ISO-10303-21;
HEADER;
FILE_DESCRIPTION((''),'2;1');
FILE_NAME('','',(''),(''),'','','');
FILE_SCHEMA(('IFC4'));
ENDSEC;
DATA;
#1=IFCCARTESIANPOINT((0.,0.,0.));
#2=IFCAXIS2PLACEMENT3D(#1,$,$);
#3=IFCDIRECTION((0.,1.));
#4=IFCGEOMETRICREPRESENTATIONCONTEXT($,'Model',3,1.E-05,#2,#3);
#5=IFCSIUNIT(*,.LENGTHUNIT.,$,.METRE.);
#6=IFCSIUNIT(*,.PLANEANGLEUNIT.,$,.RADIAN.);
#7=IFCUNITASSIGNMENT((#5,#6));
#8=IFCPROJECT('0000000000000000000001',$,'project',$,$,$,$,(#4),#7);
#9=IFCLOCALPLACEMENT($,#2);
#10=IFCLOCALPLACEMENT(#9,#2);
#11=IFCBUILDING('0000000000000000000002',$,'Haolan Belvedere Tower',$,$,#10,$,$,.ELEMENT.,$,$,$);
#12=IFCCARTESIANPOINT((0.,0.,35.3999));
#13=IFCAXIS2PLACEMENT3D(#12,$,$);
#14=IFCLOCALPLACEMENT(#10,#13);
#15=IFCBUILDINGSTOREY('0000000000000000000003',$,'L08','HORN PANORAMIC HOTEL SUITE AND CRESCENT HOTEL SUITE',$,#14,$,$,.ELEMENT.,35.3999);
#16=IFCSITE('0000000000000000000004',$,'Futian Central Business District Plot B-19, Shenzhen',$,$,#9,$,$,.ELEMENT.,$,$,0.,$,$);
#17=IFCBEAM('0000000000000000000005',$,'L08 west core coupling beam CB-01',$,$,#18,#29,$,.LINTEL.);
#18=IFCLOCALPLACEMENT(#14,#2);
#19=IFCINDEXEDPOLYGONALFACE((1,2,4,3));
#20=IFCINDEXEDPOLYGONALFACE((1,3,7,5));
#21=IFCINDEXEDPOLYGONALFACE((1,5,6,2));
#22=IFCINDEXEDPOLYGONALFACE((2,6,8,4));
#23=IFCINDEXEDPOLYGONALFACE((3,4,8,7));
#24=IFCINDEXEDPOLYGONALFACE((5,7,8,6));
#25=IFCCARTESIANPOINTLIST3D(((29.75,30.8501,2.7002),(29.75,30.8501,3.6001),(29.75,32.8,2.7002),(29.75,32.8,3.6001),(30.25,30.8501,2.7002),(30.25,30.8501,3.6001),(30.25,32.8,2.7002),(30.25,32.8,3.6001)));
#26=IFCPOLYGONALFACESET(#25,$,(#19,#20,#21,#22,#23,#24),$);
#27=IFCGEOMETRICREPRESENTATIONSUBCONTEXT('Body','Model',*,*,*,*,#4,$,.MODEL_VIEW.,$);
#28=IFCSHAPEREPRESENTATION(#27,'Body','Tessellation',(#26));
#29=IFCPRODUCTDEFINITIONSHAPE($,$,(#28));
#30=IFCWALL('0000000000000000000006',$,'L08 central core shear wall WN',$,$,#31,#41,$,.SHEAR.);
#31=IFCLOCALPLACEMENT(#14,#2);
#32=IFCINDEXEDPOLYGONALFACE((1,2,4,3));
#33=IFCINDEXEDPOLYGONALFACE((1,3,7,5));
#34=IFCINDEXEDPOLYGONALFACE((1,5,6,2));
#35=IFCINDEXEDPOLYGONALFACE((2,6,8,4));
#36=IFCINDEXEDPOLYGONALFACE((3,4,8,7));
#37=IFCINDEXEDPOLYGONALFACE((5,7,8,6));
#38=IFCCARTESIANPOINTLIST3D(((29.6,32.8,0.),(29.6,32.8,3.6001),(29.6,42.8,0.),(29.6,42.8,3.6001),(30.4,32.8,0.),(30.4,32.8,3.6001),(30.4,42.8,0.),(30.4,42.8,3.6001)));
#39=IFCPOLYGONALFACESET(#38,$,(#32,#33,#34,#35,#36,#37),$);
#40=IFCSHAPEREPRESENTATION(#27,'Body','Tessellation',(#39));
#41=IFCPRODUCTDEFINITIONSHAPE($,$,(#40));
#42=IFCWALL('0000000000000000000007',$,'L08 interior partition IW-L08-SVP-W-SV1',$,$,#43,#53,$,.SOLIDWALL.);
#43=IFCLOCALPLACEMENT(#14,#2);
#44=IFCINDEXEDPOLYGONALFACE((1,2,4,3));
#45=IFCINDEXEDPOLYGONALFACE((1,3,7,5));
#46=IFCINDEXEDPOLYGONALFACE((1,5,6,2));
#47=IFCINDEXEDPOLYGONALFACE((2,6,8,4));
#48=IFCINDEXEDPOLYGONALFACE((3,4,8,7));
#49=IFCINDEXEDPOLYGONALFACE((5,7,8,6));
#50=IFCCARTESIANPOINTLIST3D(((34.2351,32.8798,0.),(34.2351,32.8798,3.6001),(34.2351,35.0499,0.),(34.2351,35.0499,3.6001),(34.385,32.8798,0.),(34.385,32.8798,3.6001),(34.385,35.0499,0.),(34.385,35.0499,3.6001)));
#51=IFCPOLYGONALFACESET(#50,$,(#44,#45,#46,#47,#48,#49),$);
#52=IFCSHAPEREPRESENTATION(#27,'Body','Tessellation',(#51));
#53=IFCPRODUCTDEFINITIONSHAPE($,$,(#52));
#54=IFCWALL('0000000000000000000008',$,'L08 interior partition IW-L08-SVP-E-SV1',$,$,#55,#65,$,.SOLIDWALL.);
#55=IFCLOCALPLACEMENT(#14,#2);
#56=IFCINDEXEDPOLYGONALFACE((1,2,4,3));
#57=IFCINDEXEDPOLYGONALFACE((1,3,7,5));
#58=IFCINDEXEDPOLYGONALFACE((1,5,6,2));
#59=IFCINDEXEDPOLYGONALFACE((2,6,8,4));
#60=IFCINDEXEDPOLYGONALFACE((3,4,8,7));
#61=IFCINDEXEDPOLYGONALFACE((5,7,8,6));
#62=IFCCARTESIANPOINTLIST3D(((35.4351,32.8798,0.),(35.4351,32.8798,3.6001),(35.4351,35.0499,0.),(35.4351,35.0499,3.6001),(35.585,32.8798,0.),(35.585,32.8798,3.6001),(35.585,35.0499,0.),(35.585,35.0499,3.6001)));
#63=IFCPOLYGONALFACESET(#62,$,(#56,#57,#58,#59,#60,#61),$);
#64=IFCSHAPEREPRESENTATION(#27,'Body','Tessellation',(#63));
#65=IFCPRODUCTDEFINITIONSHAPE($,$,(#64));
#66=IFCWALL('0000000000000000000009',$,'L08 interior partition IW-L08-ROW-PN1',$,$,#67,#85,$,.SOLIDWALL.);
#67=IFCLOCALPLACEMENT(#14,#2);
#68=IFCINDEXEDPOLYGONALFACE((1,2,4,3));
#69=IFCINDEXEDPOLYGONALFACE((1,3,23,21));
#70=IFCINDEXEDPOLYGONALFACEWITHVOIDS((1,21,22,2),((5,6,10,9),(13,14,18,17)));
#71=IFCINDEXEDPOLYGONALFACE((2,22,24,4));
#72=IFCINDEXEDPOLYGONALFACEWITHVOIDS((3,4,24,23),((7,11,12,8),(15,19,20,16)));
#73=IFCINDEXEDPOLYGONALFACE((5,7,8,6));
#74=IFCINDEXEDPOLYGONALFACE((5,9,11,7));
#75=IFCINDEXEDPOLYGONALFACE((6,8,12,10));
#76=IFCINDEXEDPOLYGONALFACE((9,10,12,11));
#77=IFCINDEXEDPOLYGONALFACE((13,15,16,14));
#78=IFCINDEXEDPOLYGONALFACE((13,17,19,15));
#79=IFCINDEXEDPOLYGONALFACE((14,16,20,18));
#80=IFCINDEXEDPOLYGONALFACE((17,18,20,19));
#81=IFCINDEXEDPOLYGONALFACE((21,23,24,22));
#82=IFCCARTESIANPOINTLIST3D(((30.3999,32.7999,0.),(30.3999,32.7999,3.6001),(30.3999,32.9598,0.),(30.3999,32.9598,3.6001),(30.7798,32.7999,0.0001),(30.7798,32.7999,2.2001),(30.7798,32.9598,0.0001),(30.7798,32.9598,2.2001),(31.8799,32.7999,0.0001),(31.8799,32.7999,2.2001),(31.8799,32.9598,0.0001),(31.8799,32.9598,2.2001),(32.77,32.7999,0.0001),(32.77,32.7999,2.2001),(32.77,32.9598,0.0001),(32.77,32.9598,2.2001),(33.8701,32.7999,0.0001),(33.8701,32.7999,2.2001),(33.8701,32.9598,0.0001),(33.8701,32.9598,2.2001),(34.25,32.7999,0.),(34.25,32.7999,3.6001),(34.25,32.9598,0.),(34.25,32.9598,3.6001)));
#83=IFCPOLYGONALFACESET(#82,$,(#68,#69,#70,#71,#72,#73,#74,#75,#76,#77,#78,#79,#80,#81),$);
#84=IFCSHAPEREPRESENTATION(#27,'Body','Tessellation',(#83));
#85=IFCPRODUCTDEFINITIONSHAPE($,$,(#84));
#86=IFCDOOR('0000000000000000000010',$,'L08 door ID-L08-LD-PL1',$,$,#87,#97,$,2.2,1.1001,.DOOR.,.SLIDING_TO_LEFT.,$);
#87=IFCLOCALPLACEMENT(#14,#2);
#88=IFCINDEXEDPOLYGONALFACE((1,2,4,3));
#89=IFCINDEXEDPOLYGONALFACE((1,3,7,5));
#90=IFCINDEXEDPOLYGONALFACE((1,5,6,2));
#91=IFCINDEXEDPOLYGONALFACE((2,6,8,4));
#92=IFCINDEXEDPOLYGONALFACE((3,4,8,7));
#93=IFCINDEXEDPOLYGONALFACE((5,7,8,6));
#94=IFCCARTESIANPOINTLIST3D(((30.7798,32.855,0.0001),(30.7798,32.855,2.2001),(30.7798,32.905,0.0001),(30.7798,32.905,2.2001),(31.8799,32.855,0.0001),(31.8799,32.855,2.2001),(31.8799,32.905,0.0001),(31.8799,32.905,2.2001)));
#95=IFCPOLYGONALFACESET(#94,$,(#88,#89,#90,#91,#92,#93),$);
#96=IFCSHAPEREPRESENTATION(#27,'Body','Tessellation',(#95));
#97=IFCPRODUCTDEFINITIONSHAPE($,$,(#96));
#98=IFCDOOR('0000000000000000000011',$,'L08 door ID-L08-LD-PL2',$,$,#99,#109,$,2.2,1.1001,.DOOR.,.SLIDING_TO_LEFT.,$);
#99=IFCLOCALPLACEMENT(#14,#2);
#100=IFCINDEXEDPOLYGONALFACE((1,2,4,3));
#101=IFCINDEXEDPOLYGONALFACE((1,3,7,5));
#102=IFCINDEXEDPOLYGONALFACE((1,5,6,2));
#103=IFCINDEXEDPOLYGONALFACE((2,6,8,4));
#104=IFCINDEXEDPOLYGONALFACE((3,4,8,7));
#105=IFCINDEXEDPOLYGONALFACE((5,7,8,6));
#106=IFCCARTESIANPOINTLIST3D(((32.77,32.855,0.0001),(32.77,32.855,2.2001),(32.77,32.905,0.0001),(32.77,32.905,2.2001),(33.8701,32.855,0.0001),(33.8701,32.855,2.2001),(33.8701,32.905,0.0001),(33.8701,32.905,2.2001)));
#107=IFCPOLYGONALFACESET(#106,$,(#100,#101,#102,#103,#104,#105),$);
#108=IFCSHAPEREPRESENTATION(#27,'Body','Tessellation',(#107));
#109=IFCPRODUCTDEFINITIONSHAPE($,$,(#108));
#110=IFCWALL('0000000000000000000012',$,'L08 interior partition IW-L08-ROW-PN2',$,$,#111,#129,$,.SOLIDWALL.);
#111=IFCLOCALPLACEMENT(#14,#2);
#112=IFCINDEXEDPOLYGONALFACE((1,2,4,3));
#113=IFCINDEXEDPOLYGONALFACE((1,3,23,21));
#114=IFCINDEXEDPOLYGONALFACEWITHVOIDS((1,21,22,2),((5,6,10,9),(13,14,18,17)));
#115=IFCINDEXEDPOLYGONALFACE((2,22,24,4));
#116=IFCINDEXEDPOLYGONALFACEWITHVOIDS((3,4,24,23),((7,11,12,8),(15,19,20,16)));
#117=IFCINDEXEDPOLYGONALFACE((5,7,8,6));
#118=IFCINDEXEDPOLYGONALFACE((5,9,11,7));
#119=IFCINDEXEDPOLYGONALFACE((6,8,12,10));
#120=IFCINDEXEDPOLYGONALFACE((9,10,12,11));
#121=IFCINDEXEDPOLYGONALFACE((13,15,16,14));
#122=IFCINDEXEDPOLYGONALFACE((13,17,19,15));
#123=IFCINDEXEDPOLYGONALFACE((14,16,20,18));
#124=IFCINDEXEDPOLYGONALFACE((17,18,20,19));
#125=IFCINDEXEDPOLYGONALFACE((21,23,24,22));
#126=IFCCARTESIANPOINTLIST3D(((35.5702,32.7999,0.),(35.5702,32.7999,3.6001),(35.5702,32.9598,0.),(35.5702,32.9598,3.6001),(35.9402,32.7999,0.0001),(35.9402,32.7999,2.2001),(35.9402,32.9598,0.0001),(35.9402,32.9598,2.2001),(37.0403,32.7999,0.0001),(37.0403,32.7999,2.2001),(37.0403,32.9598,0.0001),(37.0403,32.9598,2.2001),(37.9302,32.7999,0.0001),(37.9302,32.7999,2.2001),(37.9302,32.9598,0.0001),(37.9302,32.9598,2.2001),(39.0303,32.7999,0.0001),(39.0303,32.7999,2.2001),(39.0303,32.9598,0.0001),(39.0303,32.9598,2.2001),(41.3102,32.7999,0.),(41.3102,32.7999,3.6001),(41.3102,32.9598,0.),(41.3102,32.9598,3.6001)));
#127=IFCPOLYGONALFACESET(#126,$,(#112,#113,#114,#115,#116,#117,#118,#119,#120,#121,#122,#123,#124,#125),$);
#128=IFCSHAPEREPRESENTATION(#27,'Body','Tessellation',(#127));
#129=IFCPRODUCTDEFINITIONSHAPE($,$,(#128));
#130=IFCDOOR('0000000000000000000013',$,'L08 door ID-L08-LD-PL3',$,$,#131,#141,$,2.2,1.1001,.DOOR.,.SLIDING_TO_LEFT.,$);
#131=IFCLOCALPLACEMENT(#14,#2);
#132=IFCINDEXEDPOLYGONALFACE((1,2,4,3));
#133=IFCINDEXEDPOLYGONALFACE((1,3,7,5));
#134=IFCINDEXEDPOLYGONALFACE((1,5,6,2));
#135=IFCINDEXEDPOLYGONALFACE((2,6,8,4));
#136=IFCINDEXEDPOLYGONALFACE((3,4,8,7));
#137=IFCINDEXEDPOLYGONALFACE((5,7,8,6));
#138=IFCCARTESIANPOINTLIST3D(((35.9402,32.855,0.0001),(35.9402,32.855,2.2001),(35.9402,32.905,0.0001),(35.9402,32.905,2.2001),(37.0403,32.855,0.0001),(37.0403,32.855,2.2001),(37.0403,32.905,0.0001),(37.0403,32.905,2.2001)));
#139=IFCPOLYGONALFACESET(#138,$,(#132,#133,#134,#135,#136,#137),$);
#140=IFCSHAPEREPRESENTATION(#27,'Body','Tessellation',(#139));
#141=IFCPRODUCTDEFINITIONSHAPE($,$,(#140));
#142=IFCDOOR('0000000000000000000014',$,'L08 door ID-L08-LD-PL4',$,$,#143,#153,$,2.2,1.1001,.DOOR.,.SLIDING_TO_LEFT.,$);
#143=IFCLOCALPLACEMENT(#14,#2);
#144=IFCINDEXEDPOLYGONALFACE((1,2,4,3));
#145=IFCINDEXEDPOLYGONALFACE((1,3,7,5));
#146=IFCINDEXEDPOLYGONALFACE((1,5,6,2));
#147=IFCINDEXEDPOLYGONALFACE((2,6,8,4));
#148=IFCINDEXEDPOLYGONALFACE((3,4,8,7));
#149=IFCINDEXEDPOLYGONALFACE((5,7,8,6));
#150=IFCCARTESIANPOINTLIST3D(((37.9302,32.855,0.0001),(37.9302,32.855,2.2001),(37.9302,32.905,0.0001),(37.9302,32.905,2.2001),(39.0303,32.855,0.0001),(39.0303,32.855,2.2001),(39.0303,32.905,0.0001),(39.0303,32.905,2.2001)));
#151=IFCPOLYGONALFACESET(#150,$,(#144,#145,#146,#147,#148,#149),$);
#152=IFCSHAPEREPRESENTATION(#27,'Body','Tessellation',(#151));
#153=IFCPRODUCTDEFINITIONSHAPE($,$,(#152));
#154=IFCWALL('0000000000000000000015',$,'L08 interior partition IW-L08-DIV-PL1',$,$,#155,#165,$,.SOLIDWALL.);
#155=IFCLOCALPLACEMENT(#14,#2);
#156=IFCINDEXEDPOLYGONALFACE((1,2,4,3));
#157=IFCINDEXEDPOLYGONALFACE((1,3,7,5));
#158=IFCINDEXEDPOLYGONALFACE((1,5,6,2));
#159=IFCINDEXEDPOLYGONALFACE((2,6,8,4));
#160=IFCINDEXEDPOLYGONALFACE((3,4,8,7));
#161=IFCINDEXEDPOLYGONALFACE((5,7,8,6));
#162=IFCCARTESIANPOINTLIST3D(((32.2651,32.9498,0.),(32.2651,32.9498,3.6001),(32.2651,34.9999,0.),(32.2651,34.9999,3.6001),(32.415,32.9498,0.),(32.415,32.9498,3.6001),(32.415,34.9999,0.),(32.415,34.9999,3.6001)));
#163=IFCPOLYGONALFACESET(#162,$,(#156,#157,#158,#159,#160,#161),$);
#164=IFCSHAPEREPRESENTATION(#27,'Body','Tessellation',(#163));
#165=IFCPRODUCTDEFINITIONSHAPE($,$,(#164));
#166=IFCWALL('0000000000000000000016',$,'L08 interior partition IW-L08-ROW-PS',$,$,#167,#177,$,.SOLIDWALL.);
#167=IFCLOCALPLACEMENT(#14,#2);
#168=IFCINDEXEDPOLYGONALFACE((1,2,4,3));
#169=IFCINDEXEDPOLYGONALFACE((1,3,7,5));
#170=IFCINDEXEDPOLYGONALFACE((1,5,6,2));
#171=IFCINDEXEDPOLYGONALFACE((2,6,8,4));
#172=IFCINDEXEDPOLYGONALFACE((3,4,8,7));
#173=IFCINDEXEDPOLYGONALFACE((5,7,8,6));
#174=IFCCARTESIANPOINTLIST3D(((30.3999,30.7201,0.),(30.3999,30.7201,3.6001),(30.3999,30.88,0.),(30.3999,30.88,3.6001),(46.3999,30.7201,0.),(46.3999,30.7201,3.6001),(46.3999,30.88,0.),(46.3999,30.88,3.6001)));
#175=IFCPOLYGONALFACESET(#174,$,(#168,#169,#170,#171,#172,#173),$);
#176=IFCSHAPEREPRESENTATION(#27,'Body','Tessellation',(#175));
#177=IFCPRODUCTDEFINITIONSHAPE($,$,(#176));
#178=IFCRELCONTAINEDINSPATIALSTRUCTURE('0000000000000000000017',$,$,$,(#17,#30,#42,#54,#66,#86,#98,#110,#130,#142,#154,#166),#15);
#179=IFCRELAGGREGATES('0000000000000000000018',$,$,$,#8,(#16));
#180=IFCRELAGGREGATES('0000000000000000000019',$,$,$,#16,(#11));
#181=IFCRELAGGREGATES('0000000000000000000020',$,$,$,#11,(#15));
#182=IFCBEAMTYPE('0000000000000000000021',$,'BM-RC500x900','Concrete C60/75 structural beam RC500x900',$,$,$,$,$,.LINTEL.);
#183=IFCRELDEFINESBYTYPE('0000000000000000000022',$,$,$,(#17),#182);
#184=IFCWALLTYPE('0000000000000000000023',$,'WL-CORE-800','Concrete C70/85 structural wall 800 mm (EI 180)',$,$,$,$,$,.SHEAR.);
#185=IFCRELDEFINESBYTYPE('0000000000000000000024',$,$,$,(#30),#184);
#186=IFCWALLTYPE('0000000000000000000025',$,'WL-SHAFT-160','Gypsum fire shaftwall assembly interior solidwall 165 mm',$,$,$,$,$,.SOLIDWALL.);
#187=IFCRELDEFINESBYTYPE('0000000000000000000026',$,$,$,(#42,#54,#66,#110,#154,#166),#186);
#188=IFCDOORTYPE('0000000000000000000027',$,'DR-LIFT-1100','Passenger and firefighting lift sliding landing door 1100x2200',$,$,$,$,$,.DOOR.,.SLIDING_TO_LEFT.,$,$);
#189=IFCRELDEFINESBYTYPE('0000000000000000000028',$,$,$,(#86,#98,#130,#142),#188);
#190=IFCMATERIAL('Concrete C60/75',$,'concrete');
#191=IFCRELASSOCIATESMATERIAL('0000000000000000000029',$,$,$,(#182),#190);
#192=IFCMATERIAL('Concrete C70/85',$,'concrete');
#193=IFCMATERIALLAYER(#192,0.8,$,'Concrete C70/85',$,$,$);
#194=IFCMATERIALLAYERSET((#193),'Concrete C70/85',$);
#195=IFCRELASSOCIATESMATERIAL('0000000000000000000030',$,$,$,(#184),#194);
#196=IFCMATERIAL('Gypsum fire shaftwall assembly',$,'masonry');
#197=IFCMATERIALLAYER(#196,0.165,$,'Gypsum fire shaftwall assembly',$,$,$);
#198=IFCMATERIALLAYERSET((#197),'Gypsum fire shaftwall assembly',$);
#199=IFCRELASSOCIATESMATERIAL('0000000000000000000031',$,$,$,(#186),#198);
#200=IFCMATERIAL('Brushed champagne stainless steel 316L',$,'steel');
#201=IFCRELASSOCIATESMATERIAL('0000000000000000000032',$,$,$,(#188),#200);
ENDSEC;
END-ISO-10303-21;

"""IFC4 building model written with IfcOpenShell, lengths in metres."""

from ifc_helpers import new_model, si_unit, direction, frame, frame_2d, origin, origin_2d, place, context, subcontext, project, spatial, rectangle, extrude, material, layer, layer_set, material_profile, profile_set, type_object, element, fill, save


model = new_model("IFC4")

# Units and contexts
model_context = context("Model", 3, precision=1e-05, world=origin(), true_north=direction((0.0, 1.0)))
body_context = subcontext(model_context, "Body", "Model", "MODEL_VIEW")
ifc_project = project(units=[si_unit("LENGTHUNIT", "METRE"), si_unit("PLANEANGLEUNIT", "RADIAN")], contexts=[model_context])

# Site, building, storey
site_placement = place(None, origin())
site = spatial("IfcSite", under=ifc_project, at=site_placement, Name="Futian Central Business District Plot B-19, Shenzhen", CompositionType="ELEMENT", RefElevation=0.0)
building_placement = place(site_placement, origin())
building = spatial("IfcBuilding", under=site, at=building_placement, Name="Haolan Belvedere Tower", CompositionType="ELEMENT")
storey_placement = place(building_placement, frame((0.0, 0.0, 35.3999)))
storey = spatial("IfcBuildingStorey", under=building, at=storey_placement, Name="L08", Description="HORN PANORAMIC HOTEL SUITE AND CRESCENT HOTEL SUITE", CompositionType="ELEMENT", Elevation=35.3999)

# Beam
ifc_material_1 = material(Name="Concrete C60/75", Category="concrete")
ifc_material_profile = material_profile(ifc_material_1, rectangle(XDim=0.5, YDim=0.8999, at=origin_2d()), Name="Concrete C60/75")
ifc_profile_set = profile_set([ifc_material_profile], Name="Concrete C60/75")
beam_type = type_object("IfcBeamType", Name="BM-RC500x900", Description="Concrete C60/75 structural beam RC500x900", PredefinedType="LINTEL", material=ifc_profile_set)
beam_placement = place(storey_placement, frame((30.0, 30.8501, 3.1501), z_axis=(0.0, 1.0, 0.0), x_axis=(-1.0, 0.0, 0.0)))
element("IfcBeam", 1, at=beam_placement, inside=storey, type_object=beam_type, Name="L08 west core coupling beam CB-01", PredefinedType="LINTEL", context=body_context, shape_type="SweptSolid", body=[
    extrude(rectangle(XDim=0.5, YDim=0.8999, at=origin_2d()), origin(), (0.0, 0.0, 1.0), 1.95),
])

# Wall
ifc_material_2 = material(Name="Concrete C70/85", Category="concrete")
ifc_layer_1 = layer(ifc_material_2, 0.8, Name="Concrete C70/85")
ifc_layer_set_1 = layer_set([ifc_layer_1], Name="Concrete C70/85")
wall_type_1 = type_object("IfcWallType", Name="WL-CORE-800", Description="Concrete C70/85 structural wall 800 mm (EI 180)", PredefinedType="SHEAR", material=ifc_layer_set_1)
wall_1_placement = place(storey_placement, frame((30.0, 32.8, 0.0), z_axis=(0.0, 0.0, 1.0), x_axis=(0.0, 1.0, 0.0)))
element("IfcWall", 2, at=wall_1_placement, inside=storey, type_object=wall_type_1, Name="L08 central core shear wall WN", PredefinedType="SHEAR", context=body_context, shape_type="SweptSolid", body=[
    extrude(rectangle(XDim=10.0, YDim=0.8, at=frame_2d((5.0, 0.0))), origin(), (0.0, 0.0, 1.0), 3.6001),
])

# Walls
ifc_material_3 = material(Name="Gypsum fire shaftwall assembly", Category="masonry")
ifc_layer_2 = layer(ifc_material_3, 0.165, Name="Gypsum fire shaftwall assembly")
ifc_layer_set_2 = layer_set([ifc_layer_2], Name="Gypsum fire shaftwall assembly")
wall_type_2 = type_object("IfcWallType", Name="WL-SHAFT-160", Description="Gypsum fire shaftwall assembly interior solidwall 165 mm", PredefinedType="SOLIDWALL", material=ifc_layer_set_2)
for number, where, z_axis, x_axis, name in (
    (3, (34.3101, 32.8799, 0.0), (0.0, 0.0, 1.0), (0.0, 1.0, 0.0), "L08 interior partition IW-L08-SVP-W-SV1"),
    (4, (35.51, 32.8799, 0.0), (0.0, 0.0, 1.0), (0.0, 1.0, 0.0), "L08 interior partition IW-L08-SVP-E-SV1"),
):
    element("IfcWall", number, at=place(storey_placement, frame(where, z_axis=z_axis, x_axis=x_axis)), inside=storey, type_object=wall_type_2, Name=name, PredefinedType="SOLIDWALL", context=body_context, shape_type="SweptSolid", body=[
        extrude(rectangle(XDim=2.1702, YDim=0.1499, at=frame_2d((1.085, 0.0))), origin(), (0.0, 0.0, 1.0), 3.6001),
    ])

# Walls, openings, doors
wall_2_placement = place(storey_placement, frame((30.3999, 32.8799, 0.0), z_axis=(0.0, 0.0, 1.0), x_axis=(1.0, 0.0, 0.0)))
wall_2 = element("IfcWall", 5, at=wall_2_placement, inside=storey, type_object=wall_type_2, Name="L08 interior partition IW-L08-ROW-PN1", PredefinedType="SOLIDWALL", context=body_context, shape_type="SweptSolid", body=[
    extrude(rectangle(XDim=3.8501, YDim=0.1599, at=frame_2d((1.925, 0.0))), origin(), (0.0, 0.0, 1.0), 3.6001),
])
opening_1_placement = place(wall_2_placement, frame((1.48, 0.0, 0.0), z_axis=(0.0, 0.0, 1.0), x_axis=(-1.0, 0.0, 0.0)))
opening_1 = element("IfcOpeningElement", 6, at=opening_1_placement, cuts=wall_2, PredefinedType="OPENING", context=body_context, shape_type="SweptSolid", body=[
    extrude(rectangle(XDim=1.1001, YDim=2.2, at=frame_2d((0.55, 1.1001))), frame((0.0, 0.0898, 0.0), z_axis=(0.0, -1.0, 0.0), x_axis=(1.0, 0.0, 0.0)), (0.0, 0.0, 1.0), 0.1799),
])
opening_2_placement = place(wall_2_placement, frame((3.4702, 0.0, 0.0), z_axis=(0.0, 0.0, 1.0), x_axis=(-1.0, 0.0, 0.0)))
opening_2 = element("IfcOpeningElement", 7, at=opening_2_placement, cuts=wall_2, PredefinedType="OPENING", context=body_context, shape_type="SweptSolid", body=[
    extrude(rectangle(XDim=1.1001, YDim=2.2, at=frame_2d((0.55, 1.1001))), frame((0.0, 0.0898, 0.0), z_axis=(0.0, -1.0, 0.0), x_axis=(1.0, 0.0, 0.0)), (0.0, 0.0, 1.0), 0.1799),
])
ifc_material_4 = material(Name="Brushed champagne stainless steel 316L", Category="steel")
door_type_1 = type_object("IfcDoorType", Name="DR-LIFT-1100", Description="Passenger and firefighting lift sliding landing door 1100x2200", OperationType="SLIDING_TO_LEFT", PredefinedType="DOOR", material=ifc_material_4)
door_1_placement = place(opening_1_placement, origin())
door_1 = element("IfcDoor", 8, at=door_1_placement, inside=storey, type_object=door_type_1, Name="L08 door ID-L08-LD-PL1", OperationType="SLIDING_TO_LEFT", OverallHeight=2.2, OverallWidth=1.1001, PredefinedType="DOOR", context=body_context, shape_type="SweptSolid", body=[
    extrude(rectangle(XDim=1.1001, YDim=2.2, at=frame_2d((0.55, 1.1001))), frame((0.0, 0.0249, 0.0), z_axis=(0.0, -1.0, 0.0), x_axis=(1.0, 0.0, 0.0)), (0.0, 0.0, 1.0), 0.05),
])
fill(opening_1, door_1)
door_2_placement = place(opening_2_placement, origin())
door_2 = element("IfcDoor", 9, at=door_2_placement, inside=storey, type_object=door_type_1, Name="L08 door ID-L08-LD-PL2", OperationType="SLIDING_TO_LEFT", OverallHeight=2.2, OverallWidth=1.1001, PredefinedType="DOOR", context=body_context, shape_type="SweptSolid", body=[
    extrude(rectangle(XDim=1.1001, YDim=2.2, at=frame_2d((0.55, 1.1001))), frame((0.0, 0.0249, 0.0), z_axis=(0.0, -1.0, 0.0), x_axis=(1.0, 0.0, 0.0)), (0.0, 0.0, 1.0), 0.05),
])
fill(opening_2, door_2)
wall_3_placement = place(storey_placement, frame((35.5701, 32.8799, 0.0), z_axis=(0.0, 0.0, 1.0), x_axis=(1.0, 0.0, 0.0)))
wall_3 = element("IfcWall", 10, at=wall_3_placement, inside=storey, type_object=wall_type_2, Name="L08 interior partition IW-L08-ROW-PN2", PredefinedType="SOLIDWALL", context=body_context, shape_type="SweptSolid", body=[
    extrude(rectangle(XDim=5.74, YDim=0.1599, at=frame_2d((2.8701, 0.0))), origin(), (0.0, 0.0, 1.0), 3.6001),
])
opening_3_placement = place(wall_3_placement, frame((1.4702, 0.0, 0.0), z_axis=(0.0, 0.0, 1.0), x_axis=(-1.0, 0.0, 0.0)))
opening_3 = element("IfcOpeningElement", 11, at=opening_3_placement, cuts=wall_3, PredefinedType="OPENING", context=body_context, shape_type="SweptSolid", body=[
    extrude(rectangle(XDim=1.1001, YDim=2.2, at=frame_2d((0.55, 1.1001))), frame((0.0, 0.0898, 0.0), z_axis=(0.0, -1.0, 0.0), x_axis=(1.0, 0.0, 0.0)), (0.0, 0.0, 1.0), 0.1799),
])
opening_4_placement = place(wall_3_placement, frame((3.4602, 0.0, 0.0), z_axis=(0.0, 0.0, 1.0), x_axis=(-1.0, 0.0, 0.0)))
opening_4 = element("IfcOpeningElement", 12, at=opening_4_placement, cuts=wall_3, PredefinedType="OPENING", context=body_context, shape_type="SweptSolid", body=[
    extrude(rectangle(XDim=1.1001, YDim=2.2, at=frame_2d((0.55, 1.1001))), frame((0.0, 0.0898, 0.0), z_axis=(0.0, -1.0, 0.0), x_axis=(1.0, 0.0, 0.0)), (0.0, 0.0, 1.0), 0.1799),
])
door_3_placement = place(opening_3_placement, origin())
door_3 = element("IfcDoor", 13, at=door_3_placement, inside=storey, type_object=door_type_1, Name="L08 door ID-L08-LD-PL3", OperationType="SLIDING_TO_LEFT", OverallHeight=2.2, OverallWidth=1.1001, PredefinedType="DOOR", context=body_context, shape_type="SweptSolid", body=[
    extrude(rectangle(XDim=1.1001, YDim=2.2, at=frame_2d((0.55, 1.1001))), frame((0.0, 0.0249, 0.0), z_axis=(0.0, -1.0, 0.0), x_axis=(1.0, 0.0, 0.0)), (0.0, 0.0, 1.0), 0.05),
])
fill(opening_3, door_3)
door_4_placement = place(opening_4_placement, origin())
door_4 = element("IfcDoor", 14, at=door_4_placement, inside=storey, type_object=door_type_1, Name="L08 door ID-L08-LD-PL4", OperationType="SLIDING_TO_LEFT", OverallHeight=2.2, OverallWidth=1.1001, PredefinedType="DOOR", context=body_context, shape_type="SweptSolid", body=[
    extrude(rectangle(XDim=1.1001, YDim=2.2, at=frame_2d((0.55, 1.1001))), frame((0.0, 0.0249, 0.0), z_axis=(0.0, -1.0, 0.0), x_axis=(1.0, 0.0, 0.0)), (0.0, 0.0, 1.0), 0.05),
])
fill(opening_4, door_4)

# Walls
wall_4_placement = place(storey_placement, frame((32.3401, 32.95, 0.0), z_axis=(0.0, 0.0, 1.0), x_axis=(0.0, 1.0, 0.0)))
element("IfcWall", 15, at=wall_4_placement, inside=storey, type_object=wall_type_2, Name="L08 interior partition IW-L08-DIV-PL1", PredefinedType="SOLIDWALL", context=body_context, shape_type="SweptSolid", body=[
    extrude(rectangle(XDim=2.05, YDim=0.1499, at=frame_2d((1.0249, 0.0))), origin(), (0.0, 0.0, 1.0), 3.6001),
])
wall_5_placement = place(storey_placement, frame((30.3999, 30.8, 0.0), z_axis=(0.0, 0.0, 1.0), x_axis=(1.0, 0.0, 0.0)))
element("IfcWall", 16, at=wall_5_placement, inside=storey, type_object=wall_type_2, Name="L08 interior partition IW-L08-ROW-PS", PredefinedType="SOLIDWALL", context=body_context, shape_type="SweptSolid", body=[
    extrude(rectangle(XDim=16.0, YDim=0.1599, at=frame_2d((8.0, 0.0))), origin(), (0.0, 0.0, 1.0), 3.6001),
])

save(model, "model.ifc")
